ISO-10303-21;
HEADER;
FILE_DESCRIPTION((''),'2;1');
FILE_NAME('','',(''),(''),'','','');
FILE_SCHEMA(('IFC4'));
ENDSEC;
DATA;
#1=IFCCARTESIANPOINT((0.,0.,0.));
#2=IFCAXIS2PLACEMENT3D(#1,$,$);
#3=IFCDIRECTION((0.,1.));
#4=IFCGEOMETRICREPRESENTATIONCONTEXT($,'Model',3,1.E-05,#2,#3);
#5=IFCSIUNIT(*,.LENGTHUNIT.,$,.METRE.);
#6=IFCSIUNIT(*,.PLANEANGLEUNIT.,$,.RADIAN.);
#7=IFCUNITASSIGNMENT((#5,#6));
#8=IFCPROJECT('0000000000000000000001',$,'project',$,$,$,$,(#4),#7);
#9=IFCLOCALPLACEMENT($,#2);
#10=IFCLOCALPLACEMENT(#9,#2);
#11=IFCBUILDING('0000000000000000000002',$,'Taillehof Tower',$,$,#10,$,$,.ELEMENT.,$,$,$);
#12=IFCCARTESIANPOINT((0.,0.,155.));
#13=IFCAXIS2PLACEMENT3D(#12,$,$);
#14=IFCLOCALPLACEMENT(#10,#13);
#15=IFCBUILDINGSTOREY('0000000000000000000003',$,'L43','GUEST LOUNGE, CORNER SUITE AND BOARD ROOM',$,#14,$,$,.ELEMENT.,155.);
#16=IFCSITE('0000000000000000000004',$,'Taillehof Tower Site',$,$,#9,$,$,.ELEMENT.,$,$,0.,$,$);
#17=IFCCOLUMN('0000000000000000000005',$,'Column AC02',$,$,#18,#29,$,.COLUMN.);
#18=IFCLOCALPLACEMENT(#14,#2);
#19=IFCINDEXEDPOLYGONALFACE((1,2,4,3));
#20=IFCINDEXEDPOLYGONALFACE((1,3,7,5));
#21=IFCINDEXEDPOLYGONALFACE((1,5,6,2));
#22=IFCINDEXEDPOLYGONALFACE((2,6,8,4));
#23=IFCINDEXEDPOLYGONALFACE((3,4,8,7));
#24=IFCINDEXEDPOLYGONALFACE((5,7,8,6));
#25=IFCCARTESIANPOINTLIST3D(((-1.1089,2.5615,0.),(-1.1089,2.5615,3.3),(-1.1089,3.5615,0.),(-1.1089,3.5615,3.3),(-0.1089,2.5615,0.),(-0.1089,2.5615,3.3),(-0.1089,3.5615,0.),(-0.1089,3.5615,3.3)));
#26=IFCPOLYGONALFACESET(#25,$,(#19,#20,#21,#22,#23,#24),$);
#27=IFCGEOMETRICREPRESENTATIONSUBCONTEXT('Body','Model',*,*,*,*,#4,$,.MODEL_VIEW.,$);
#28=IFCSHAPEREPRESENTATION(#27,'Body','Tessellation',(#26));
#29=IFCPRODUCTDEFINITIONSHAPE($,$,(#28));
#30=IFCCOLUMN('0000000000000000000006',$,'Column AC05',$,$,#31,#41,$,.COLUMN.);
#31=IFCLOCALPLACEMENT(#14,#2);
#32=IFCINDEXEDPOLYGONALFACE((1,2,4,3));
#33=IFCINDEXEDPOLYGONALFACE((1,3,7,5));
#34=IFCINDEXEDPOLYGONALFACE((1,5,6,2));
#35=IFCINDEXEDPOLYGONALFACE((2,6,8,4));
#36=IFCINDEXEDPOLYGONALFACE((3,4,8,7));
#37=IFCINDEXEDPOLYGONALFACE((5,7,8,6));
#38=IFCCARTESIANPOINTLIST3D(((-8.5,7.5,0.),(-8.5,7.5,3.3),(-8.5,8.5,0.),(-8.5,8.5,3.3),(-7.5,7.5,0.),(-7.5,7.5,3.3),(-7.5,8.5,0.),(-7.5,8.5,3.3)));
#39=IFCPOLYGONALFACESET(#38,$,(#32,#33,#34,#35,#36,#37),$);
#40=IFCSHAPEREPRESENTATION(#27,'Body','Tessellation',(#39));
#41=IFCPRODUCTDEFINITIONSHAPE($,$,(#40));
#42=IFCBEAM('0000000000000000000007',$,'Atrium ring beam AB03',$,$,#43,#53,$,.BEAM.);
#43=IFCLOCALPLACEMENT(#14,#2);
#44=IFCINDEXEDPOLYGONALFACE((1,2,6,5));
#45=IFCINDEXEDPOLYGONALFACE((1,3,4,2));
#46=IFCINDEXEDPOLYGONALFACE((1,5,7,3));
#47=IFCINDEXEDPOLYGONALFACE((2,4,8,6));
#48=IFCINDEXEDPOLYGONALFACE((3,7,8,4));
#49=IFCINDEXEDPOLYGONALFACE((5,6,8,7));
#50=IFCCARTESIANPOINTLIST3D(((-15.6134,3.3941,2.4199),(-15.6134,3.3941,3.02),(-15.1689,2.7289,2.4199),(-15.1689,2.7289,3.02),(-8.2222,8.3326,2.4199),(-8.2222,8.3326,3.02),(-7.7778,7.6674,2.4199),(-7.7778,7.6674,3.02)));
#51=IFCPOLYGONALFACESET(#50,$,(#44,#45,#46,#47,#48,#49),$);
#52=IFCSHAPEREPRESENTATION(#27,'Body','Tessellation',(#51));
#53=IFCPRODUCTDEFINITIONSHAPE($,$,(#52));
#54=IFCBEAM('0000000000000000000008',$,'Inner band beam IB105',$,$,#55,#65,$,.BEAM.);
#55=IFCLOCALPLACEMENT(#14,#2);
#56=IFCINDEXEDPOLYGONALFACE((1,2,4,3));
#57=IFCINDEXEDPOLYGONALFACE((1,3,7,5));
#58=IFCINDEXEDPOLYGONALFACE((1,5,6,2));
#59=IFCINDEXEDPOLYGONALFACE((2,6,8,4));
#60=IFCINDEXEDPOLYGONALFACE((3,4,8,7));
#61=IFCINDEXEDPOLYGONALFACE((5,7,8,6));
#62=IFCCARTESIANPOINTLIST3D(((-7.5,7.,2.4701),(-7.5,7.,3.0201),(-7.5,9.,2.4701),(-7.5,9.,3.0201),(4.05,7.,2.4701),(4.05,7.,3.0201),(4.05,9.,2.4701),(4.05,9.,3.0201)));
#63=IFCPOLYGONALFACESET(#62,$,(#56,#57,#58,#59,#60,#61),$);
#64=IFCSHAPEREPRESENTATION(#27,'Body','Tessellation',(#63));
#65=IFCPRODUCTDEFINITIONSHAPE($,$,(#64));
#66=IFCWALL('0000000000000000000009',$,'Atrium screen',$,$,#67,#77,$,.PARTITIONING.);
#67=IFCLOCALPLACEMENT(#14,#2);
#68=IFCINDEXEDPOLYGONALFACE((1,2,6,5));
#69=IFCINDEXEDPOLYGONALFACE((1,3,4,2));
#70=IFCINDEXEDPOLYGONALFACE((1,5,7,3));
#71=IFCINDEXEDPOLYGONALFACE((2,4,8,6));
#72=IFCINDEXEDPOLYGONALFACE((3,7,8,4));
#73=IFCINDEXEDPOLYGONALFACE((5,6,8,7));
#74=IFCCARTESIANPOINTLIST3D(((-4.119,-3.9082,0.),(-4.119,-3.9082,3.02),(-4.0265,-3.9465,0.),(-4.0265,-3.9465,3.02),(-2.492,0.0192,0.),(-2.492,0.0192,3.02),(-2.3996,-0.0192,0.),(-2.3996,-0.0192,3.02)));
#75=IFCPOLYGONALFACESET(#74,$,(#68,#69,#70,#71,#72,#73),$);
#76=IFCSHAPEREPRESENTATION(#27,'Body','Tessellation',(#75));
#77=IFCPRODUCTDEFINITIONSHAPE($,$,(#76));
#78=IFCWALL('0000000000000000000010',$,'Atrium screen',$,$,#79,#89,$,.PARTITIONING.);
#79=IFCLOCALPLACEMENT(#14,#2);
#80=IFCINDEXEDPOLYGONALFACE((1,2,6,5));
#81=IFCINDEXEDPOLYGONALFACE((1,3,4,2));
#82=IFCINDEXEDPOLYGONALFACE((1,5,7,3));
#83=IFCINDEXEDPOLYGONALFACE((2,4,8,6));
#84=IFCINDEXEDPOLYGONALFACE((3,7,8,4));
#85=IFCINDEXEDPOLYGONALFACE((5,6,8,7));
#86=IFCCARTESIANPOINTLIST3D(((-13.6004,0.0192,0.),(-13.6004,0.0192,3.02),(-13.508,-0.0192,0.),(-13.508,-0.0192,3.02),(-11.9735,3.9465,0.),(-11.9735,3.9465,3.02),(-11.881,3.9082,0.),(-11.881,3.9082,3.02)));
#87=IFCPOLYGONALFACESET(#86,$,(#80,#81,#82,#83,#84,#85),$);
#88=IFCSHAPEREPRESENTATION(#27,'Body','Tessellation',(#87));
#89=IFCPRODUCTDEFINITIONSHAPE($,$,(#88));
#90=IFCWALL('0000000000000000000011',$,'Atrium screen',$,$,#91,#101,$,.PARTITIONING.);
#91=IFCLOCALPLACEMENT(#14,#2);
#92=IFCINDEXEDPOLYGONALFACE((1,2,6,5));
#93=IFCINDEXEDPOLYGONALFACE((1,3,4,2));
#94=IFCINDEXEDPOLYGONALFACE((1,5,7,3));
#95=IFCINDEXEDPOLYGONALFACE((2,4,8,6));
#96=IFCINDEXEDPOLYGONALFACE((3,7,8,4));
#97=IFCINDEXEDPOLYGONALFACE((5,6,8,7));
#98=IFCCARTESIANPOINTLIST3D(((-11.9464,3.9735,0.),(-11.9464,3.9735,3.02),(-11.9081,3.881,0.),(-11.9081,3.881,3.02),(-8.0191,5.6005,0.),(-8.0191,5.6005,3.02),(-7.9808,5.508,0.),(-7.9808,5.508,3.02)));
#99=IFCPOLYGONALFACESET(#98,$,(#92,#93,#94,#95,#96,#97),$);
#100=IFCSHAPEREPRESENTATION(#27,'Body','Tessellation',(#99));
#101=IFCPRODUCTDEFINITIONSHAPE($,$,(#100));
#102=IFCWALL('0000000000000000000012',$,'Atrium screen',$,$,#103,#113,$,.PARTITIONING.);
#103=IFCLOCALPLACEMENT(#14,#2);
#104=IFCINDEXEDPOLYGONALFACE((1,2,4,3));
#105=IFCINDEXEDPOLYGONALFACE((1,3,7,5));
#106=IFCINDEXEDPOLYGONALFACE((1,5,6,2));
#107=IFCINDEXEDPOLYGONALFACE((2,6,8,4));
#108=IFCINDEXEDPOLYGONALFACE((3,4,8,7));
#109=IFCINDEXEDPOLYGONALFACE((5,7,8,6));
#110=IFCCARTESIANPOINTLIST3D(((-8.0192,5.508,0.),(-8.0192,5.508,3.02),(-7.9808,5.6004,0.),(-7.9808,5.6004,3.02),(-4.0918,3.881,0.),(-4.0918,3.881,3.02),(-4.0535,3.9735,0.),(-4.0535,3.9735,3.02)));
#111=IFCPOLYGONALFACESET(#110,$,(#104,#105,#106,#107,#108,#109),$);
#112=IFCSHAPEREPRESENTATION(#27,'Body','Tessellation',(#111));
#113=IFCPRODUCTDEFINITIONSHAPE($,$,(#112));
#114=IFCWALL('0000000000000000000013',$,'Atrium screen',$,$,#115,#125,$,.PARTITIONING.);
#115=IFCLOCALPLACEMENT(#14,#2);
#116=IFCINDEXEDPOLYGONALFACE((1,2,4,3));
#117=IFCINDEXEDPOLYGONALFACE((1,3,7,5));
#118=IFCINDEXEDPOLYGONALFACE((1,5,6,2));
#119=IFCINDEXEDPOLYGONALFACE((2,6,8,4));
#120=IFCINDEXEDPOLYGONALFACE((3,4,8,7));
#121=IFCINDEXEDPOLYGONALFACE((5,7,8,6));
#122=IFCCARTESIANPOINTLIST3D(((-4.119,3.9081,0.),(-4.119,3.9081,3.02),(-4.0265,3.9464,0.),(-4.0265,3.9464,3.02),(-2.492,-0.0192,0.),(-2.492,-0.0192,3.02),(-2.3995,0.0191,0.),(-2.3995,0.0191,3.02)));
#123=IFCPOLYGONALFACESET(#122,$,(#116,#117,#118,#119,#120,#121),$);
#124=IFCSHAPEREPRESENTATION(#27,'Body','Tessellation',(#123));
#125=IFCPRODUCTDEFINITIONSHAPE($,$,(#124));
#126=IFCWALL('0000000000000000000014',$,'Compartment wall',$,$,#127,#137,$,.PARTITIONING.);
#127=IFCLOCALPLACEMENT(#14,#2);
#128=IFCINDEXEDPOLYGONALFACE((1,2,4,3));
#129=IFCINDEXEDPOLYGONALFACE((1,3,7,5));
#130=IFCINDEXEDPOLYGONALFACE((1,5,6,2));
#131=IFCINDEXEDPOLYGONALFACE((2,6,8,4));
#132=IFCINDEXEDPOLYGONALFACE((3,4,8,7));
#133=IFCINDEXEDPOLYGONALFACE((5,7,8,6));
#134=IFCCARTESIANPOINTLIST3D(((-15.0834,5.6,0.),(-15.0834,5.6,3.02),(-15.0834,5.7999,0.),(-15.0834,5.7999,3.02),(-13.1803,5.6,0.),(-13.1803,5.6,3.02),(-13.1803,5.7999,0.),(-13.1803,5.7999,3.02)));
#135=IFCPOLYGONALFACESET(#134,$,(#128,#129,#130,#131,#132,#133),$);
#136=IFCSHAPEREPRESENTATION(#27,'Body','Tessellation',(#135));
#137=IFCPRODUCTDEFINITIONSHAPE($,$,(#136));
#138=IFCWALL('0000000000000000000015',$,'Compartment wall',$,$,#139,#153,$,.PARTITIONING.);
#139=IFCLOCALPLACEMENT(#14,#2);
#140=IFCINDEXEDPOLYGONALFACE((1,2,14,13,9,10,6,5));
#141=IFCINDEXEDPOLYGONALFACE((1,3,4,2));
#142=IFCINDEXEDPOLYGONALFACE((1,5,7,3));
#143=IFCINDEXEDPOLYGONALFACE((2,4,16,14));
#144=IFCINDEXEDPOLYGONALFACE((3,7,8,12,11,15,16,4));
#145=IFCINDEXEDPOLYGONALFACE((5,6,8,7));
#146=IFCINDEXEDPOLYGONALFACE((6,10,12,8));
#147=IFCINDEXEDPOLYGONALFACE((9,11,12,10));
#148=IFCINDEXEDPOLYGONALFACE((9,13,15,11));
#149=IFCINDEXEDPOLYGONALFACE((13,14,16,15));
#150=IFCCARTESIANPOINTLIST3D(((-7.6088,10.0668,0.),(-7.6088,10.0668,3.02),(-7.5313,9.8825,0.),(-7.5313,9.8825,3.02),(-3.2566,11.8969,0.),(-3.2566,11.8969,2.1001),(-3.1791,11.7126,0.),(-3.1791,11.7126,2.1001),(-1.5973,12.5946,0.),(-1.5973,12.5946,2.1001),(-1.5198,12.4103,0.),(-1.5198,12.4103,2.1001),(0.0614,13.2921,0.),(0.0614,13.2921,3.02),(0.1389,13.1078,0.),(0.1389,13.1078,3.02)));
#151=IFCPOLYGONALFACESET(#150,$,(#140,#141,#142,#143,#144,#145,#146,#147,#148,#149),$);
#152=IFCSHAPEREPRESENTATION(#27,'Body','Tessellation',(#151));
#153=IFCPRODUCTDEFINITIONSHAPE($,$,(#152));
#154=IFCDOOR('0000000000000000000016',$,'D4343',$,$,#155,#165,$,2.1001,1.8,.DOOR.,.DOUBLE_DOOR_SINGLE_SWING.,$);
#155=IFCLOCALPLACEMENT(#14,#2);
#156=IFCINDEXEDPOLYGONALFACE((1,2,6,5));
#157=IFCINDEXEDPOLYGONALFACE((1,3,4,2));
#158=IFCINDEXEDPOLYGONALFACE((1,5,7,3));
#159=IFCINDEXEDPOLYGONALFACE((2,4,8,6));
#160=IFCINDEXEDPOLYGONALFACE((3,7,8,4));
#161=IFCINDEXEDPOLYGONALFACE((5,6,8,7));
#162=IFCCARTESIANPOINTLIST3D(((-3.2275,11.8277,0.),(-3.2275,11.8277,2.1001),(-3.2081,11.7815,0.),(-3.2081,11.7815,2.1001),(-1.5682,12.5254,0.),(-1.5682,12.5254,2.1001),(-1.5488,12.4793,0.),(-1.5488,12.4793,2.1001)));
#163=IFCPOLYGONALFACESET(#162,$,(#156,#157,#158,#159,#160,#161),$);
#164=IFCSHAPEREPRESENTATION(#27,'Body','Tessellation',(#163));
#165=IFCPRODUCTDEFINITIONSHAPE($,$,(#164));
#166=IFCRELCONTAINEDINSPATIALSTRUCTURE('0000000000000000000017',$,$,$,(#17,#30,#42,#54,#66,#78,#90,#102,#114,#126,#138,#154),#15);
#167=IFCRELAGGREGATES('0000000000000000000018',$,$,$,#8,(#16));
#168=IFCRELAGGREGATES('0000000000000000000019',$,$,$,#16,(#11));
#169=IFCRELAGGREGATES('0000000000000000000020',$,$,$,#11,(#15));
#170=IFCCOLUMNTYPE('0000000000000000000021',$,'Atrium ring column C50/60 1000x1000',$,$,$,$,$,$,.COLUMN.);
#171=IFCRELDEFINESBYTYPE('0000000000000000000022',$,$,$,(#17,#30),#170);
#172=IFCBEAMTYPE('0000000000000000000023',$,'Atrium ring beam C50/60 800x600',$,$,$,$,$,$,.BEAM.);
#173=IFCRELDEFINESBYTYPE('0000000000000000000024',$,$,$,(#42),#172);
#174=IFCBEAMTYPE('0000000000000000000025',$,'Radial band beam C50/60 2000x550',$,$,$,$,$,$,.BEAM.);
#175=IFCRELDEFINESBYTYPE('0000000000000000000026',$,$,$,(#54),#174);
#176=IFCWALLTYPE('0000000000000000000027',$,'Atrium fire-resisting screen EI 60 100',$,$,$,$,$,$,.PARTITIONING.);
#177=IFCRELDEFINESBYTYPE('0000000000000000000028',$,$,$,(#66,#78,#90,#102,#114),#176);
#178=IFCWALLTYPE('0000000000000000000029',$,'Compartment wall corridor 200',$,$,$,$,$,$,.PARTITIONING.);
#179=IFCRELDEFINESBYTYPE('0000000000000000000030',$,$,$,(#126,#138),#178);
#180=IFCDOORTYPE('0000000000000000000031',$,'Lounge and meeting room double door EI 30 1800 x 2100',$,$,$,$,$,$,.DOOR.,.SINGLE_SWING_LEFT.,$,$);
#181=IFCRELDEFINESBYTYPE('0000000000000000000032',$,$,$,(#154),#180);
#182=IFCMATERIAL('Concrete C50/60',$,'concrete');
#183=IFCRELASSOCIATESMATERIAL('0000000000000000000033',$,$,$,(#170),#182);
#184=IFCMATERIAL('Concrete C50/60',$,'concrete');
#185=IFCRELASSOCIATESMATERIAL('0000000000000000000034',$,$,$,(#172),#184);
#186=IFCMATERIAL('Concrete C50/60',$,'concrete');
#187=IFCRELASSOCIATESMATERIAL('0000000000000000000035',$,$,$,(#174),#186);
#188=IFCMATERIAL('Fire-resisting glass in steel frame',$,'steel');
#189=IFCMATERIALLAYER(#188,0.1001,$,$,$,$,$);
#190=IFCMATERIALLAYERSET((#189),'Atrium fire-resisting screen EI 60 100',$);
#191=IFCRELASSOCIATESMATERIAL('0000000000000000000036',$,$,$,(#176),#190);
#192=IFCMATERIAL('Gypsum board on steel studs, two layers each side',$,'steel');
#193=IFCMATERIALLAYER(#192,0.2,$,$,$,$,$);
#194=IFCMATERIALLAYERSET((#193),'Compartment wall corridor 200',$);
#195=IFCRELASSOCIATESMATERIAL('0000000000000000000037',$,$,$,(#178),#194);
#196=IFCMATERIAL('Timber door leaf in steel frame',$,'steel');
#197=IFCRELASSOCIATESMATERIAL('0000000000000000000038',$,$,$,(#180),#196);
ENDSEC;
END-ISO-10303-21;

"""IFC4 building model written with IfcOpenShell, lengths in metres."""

from ifc_helpers import new_model, si_unit, direction, frame, frame_2d, origin, origin_2d, place, context, subcontext, project, spatial, rectangle, extrude, material, layer, layer_set, material_profile, profile_set, type_object, element, fill, save


model = new_model("IFC4")

# Units and contexts
model_context = context("Model", 3, precision=1e-05, world=origin(), true_north=direction((0.0, 1.0)))
body_context = subcontext(model_context, "Body", "Model", "MODEL_VIEW")
ifc_project = project(units=[si_unit("LENGTHUNIT", "METRE"), si_unit("PLANEANGLEUNIT", "RADIAN")], contexts=[model_context])

# Site, building, storey
site_placement = place(None, origin())
site = spatial("IfcSite", under=ifc_project, at=site_placement, Name="Taillehof Tower Site", CompositionType="ELEMENT", RefElevation=0.0)
building_placement = place(site_placement, origin())
building = spatial("IfcBuilding", under=site, at=building_placement, Name="Taillehof Tower", CompositionType="ELEMENT")
storey_placement = place(building_placement, frame((0.0, 0.0, 155.0)))
storey = spatial("IfcBuildingStorey", under=building, at=storey_placement, Name="L43", Description="GUEST LOUNGE, CORNER SUITE AND BOARD ROOM", CompositionType="ELEMENT", Elevation=155.0)

# Columns
ifc_material_1 = material(Name="Concrete C50/60", Category="concrete")
ifc_material_profile_1 = material_profile(ifc_material_1, rectangle(XDim=1.0, YDim=1.0, at=origin_2d()), Name="RC 1000x1000")
ifc_profile_set_1 = profile_set([ifc_material_profile_1], Name="Concrete C50/60")
column_type = type_object("IfcColumnType", Name="Atrium ring column C50/60 1000x1000", PredefinedType="COLUMN", material=ifc_profile_set_1)
for number, where, z_axis, x_axis, name in (
    (1, (-0.6089, 3.0615, 0.0), (0.0, 0.0, 1.0), (1.0, 0.0, 0.0), "Column AC02"),
    (2, (-8.0, 8.0, 0.0), (0.0, 0.0, 1.0), (1.0, 0.0, 0.0), "Column AC05"),
):
    element("IfcColumn", number, at=place(storey_placement, frame(where, z_axis=z_axis, x_axis=x_axis)), inside=storey, type_object=column_type, Name=name, PredefinedType="COLUMN", context=body_context, shape_type="SweptSolid", body=[
        extrude(rectangle(XDim=1.0, YDim=1.0, at=origin_2d()), origin(), (0.0, 0.0, 1.0), 3.3),
    ])

# Beams
ifc_material_2 = material(Name="Concrete C50/60", Category="concrete")
ifc_material_profile_2 = material_profile(ifc_material_2, rectangle(XDim=0.8, YDim=0.6001, at=origin_2d()), Name="RC 800x600")
ifc_profile_set_2 = profile_set([ifc_material_profile_2], Name="Concrete C50/60")
beam_type_1 = type_object("IfcBeamType", Name="Atrium ring beam C50/60 800x600", PredefinedType="BEAM", material=ifc_profile_set_2)
beam_1_placement = place(storey_placement, frame((-8.0, 8.0, 2.72), z_axis=(-0.831475, -0.555562, 0.0), x_axis=(0.555562, -0.831475, 0.0)))
element("IfcBeam", 3, at=beam_1_placement, inside=storey, type_object=beam_type_1, Name="Atrium ring beam AB03", PredefinedType="BEAM", context=body_context, shape_type="SweptSolid", body=[
    extrude(rectangle(XDim=0.8, YDim=0.6001, at=origin_2d()), origin(), (0.0, 0.0, 1.0), 8.8892),
])
ifc_material_3 = material(Name="Concrete C50/60", Category="concrete")
ifc_material_profile_3 = material_profile(ifc_material_3, rectangle(XDim=2.0, YDim=0.55, at=origin_2d()), Name="RC 2000x550")
ifc_profile_set_3 = profile_set([ifc_material_profile_3], Name="Concrete C50/60")
beam_type_2 = type_object("IfcBeamType", Name="Radial band beam C50/60 2000x550", PredefinedType="BEAM", material=ifc_profile_set_3)
beam_2_placement = place(storey_placement, frame((-7.5, 8.0, 2.7451), z_axis=(1.0, 0.0, 0.0), x_axis=(0.0, 1.0, 0.0)))
element("IfcBeam", 4, at=beam_2_placement, inside=storey, type_object=beam_type_2, Name="Inner band beam IB105", PredefinedType="BEAM", context=body_context, shape_type="SweptSolid", body=[
    extrude(rectangle(XDim=2.0, YDim=0.55, at=origin_2d()), origin(), (0.0, 0.0, 1.0), 11.55),
])

# Walls
ifc_material_4 = material(Name="Fire-resisting glass in steel frame", Category="steel")
ifc_layer_1 = layer(ifc_material_4, 0.1001)
ifc_layer_set_1 = layer_set([ifc_layer_1], Name="Atrium fire-resisting screen EI 60 100")
wall_type_1 = type_object("IfcWallType", Name="Atrium fire-resisting screen EI 60 100", PredefinedType="PARTITIONING", material=ifc_layer_set_1)
for number, where, z_axis, x_axis, name in (
    (5, (-2.4458, 0.0, 0.0), (0.0, 0.0, 1.0), (-0.382731, -0.92386, 0.0), "Atrium screen"),
    (6, (-13.5542, 0.0, 0.0), (0.0, 0.0, 1.0), (0.382731, 0.92386, 0.0), "Atrium screen"),
    (7, (-11.9272, 3.9272, 0.0), (0.0, 0.0, 1.0), (0.92386, 0.382731, 0.0), "Atrium screen"),
    (8, (-8.0, 5.5542, 0.0), (0.0, 0.0, 1.0), (0.92386, -0.382731, 0.0), "Atrium screen"),
    (9, (-4.0728, 3.9272, 0.0), (0.0, 0.0, 1.0), (0.382731, -0.92386, 0.0), "Atrium screen"),
):
    element("IfcWall", number, at=place(storey_placement, frame(where, z_axis=z_axis, x_axis=x_axis)), inside=storey, type_object=wall_type_1, Name=name, PredefinedType="PARTITIONING", context=body_context, shape_type="SweptSolid", body=[
        extrude(rectangle(XDim=4.251, YDim=0.1001, at=frame_2d((2.1255, 0.0))), origin(), (0.0, 0.0, 1.0), 3.02),
    ])
ifc_material_5 = material(Name="Gypsum board on steel studs, two layers each side", Category="steel")
ifc_layer_2 = layer(ifc_material_5, 0.2)
ifc_layer_set_2 = layer_set([ifc_layer_2], Name="Compartment wall corridor 200")
wall_type_2 = type_object("IfcWallType", Name="Compartment wall corridor 200", PredefinedType="PARTITIONING", material=ifc_layer_set_2)
wall_1_placement = place(storey_placement, frame((-13.1802, 5.7, 0.0), z_axis=(0.0, 0.0, 1.0), x_axis=(-1.0, 0.0, 0.0)))
element("IfcWall", 10, at=wall_1_placement, inside=storey, type_object=wall_type_2, Name="Compartment wall", PredefinedType="PARTITIONING", context=body_context, shape_type="SweptSolid", body=[
    extrude(rectangle(XDim=1.9031, YDim=0.2, at=frame_2d((0.9517, 0.0))), origin(), (0.0, 0.0, 1.0), 3.02),
])

# Wall, opening, door
wall_2_placement = place(storey_placement, frame((-7.5701, 9.9746, 0.0), z_axis=(0.0, 0.0, 1.0), x_axis=(0.921816, 0.387628, 0.0)))
wall_2 = element("IfcWall", 11, at=wall_2_placement, inside=storey, type_object=wall_type_2, Name="Compartment wall", PredefinedType="PARTITIONING", context=body_context, shape_type="SweptSolid", body=[
    extrude(rectangle(XDim=8.3208, YDim=0.2, at=frame_2d((4.1604, 0.0))), origin(), (0.0, 0.0, 1.0), 3.02),
])
opening_1_placement = place(wall_2_placement, frame((4.7214, 0.0, 0.0)))
opening_1 = element("IfcOpeningElement", 12, at=opening_1_placement, cuts=wall_2, PredefinedType="OPENING", context=body_context, shape_type="SweptSolid", body=[
    extrude(rectangle(XDim=1.8, YDim=2.1001, at=frame_2d((0.8999, 1.05))), frame((0.0, 0.1099, 0.0), z_axis=(0.0, -1.0, 0.0), x_axis=(1.0, 0.0, 0.0)), (0.0, 0.0, 1.0), 0.22),
])
ifc_material_6 = material(Name="Timber door leaf in steel frame", Category="steel")
door_type_1 = type_object("IfcDoorType", Name="Lounge and meeting room double door EI 30 1800 x 2100", OperationType="SINGLE_SWING_LEFT", PredefinedType="DOOR", material=ifc_material_6)
door_1_placement = place(opening_1_placement, origin())
door_1 = element("IfcDoor", 13, at=door_1_placement, inside=storey, type_object=door_type_1, Name="D4343", OperationType="DOUBLE_DOOR_SINGLE_SWING", OverallHeight=2.1001, OverallWidth=1.8, PredefinedType="DOOR", context=body_context, shape_type="SweptSolid", body=[
    extrude(rectangle(XDim=1.8, YDim=2.1001, at=frame_2d((0.8999, 1.05))), frame((0.0, 0.0249, 0.0), z_axis=(0.0, -1.0, 0.0), x_axis=(1.0, 0.0, 0.0)), (0.0, 0.0, 1.0), 0.05),
])
fill(opening_1, door_1)

save(model, "model.ifc")
